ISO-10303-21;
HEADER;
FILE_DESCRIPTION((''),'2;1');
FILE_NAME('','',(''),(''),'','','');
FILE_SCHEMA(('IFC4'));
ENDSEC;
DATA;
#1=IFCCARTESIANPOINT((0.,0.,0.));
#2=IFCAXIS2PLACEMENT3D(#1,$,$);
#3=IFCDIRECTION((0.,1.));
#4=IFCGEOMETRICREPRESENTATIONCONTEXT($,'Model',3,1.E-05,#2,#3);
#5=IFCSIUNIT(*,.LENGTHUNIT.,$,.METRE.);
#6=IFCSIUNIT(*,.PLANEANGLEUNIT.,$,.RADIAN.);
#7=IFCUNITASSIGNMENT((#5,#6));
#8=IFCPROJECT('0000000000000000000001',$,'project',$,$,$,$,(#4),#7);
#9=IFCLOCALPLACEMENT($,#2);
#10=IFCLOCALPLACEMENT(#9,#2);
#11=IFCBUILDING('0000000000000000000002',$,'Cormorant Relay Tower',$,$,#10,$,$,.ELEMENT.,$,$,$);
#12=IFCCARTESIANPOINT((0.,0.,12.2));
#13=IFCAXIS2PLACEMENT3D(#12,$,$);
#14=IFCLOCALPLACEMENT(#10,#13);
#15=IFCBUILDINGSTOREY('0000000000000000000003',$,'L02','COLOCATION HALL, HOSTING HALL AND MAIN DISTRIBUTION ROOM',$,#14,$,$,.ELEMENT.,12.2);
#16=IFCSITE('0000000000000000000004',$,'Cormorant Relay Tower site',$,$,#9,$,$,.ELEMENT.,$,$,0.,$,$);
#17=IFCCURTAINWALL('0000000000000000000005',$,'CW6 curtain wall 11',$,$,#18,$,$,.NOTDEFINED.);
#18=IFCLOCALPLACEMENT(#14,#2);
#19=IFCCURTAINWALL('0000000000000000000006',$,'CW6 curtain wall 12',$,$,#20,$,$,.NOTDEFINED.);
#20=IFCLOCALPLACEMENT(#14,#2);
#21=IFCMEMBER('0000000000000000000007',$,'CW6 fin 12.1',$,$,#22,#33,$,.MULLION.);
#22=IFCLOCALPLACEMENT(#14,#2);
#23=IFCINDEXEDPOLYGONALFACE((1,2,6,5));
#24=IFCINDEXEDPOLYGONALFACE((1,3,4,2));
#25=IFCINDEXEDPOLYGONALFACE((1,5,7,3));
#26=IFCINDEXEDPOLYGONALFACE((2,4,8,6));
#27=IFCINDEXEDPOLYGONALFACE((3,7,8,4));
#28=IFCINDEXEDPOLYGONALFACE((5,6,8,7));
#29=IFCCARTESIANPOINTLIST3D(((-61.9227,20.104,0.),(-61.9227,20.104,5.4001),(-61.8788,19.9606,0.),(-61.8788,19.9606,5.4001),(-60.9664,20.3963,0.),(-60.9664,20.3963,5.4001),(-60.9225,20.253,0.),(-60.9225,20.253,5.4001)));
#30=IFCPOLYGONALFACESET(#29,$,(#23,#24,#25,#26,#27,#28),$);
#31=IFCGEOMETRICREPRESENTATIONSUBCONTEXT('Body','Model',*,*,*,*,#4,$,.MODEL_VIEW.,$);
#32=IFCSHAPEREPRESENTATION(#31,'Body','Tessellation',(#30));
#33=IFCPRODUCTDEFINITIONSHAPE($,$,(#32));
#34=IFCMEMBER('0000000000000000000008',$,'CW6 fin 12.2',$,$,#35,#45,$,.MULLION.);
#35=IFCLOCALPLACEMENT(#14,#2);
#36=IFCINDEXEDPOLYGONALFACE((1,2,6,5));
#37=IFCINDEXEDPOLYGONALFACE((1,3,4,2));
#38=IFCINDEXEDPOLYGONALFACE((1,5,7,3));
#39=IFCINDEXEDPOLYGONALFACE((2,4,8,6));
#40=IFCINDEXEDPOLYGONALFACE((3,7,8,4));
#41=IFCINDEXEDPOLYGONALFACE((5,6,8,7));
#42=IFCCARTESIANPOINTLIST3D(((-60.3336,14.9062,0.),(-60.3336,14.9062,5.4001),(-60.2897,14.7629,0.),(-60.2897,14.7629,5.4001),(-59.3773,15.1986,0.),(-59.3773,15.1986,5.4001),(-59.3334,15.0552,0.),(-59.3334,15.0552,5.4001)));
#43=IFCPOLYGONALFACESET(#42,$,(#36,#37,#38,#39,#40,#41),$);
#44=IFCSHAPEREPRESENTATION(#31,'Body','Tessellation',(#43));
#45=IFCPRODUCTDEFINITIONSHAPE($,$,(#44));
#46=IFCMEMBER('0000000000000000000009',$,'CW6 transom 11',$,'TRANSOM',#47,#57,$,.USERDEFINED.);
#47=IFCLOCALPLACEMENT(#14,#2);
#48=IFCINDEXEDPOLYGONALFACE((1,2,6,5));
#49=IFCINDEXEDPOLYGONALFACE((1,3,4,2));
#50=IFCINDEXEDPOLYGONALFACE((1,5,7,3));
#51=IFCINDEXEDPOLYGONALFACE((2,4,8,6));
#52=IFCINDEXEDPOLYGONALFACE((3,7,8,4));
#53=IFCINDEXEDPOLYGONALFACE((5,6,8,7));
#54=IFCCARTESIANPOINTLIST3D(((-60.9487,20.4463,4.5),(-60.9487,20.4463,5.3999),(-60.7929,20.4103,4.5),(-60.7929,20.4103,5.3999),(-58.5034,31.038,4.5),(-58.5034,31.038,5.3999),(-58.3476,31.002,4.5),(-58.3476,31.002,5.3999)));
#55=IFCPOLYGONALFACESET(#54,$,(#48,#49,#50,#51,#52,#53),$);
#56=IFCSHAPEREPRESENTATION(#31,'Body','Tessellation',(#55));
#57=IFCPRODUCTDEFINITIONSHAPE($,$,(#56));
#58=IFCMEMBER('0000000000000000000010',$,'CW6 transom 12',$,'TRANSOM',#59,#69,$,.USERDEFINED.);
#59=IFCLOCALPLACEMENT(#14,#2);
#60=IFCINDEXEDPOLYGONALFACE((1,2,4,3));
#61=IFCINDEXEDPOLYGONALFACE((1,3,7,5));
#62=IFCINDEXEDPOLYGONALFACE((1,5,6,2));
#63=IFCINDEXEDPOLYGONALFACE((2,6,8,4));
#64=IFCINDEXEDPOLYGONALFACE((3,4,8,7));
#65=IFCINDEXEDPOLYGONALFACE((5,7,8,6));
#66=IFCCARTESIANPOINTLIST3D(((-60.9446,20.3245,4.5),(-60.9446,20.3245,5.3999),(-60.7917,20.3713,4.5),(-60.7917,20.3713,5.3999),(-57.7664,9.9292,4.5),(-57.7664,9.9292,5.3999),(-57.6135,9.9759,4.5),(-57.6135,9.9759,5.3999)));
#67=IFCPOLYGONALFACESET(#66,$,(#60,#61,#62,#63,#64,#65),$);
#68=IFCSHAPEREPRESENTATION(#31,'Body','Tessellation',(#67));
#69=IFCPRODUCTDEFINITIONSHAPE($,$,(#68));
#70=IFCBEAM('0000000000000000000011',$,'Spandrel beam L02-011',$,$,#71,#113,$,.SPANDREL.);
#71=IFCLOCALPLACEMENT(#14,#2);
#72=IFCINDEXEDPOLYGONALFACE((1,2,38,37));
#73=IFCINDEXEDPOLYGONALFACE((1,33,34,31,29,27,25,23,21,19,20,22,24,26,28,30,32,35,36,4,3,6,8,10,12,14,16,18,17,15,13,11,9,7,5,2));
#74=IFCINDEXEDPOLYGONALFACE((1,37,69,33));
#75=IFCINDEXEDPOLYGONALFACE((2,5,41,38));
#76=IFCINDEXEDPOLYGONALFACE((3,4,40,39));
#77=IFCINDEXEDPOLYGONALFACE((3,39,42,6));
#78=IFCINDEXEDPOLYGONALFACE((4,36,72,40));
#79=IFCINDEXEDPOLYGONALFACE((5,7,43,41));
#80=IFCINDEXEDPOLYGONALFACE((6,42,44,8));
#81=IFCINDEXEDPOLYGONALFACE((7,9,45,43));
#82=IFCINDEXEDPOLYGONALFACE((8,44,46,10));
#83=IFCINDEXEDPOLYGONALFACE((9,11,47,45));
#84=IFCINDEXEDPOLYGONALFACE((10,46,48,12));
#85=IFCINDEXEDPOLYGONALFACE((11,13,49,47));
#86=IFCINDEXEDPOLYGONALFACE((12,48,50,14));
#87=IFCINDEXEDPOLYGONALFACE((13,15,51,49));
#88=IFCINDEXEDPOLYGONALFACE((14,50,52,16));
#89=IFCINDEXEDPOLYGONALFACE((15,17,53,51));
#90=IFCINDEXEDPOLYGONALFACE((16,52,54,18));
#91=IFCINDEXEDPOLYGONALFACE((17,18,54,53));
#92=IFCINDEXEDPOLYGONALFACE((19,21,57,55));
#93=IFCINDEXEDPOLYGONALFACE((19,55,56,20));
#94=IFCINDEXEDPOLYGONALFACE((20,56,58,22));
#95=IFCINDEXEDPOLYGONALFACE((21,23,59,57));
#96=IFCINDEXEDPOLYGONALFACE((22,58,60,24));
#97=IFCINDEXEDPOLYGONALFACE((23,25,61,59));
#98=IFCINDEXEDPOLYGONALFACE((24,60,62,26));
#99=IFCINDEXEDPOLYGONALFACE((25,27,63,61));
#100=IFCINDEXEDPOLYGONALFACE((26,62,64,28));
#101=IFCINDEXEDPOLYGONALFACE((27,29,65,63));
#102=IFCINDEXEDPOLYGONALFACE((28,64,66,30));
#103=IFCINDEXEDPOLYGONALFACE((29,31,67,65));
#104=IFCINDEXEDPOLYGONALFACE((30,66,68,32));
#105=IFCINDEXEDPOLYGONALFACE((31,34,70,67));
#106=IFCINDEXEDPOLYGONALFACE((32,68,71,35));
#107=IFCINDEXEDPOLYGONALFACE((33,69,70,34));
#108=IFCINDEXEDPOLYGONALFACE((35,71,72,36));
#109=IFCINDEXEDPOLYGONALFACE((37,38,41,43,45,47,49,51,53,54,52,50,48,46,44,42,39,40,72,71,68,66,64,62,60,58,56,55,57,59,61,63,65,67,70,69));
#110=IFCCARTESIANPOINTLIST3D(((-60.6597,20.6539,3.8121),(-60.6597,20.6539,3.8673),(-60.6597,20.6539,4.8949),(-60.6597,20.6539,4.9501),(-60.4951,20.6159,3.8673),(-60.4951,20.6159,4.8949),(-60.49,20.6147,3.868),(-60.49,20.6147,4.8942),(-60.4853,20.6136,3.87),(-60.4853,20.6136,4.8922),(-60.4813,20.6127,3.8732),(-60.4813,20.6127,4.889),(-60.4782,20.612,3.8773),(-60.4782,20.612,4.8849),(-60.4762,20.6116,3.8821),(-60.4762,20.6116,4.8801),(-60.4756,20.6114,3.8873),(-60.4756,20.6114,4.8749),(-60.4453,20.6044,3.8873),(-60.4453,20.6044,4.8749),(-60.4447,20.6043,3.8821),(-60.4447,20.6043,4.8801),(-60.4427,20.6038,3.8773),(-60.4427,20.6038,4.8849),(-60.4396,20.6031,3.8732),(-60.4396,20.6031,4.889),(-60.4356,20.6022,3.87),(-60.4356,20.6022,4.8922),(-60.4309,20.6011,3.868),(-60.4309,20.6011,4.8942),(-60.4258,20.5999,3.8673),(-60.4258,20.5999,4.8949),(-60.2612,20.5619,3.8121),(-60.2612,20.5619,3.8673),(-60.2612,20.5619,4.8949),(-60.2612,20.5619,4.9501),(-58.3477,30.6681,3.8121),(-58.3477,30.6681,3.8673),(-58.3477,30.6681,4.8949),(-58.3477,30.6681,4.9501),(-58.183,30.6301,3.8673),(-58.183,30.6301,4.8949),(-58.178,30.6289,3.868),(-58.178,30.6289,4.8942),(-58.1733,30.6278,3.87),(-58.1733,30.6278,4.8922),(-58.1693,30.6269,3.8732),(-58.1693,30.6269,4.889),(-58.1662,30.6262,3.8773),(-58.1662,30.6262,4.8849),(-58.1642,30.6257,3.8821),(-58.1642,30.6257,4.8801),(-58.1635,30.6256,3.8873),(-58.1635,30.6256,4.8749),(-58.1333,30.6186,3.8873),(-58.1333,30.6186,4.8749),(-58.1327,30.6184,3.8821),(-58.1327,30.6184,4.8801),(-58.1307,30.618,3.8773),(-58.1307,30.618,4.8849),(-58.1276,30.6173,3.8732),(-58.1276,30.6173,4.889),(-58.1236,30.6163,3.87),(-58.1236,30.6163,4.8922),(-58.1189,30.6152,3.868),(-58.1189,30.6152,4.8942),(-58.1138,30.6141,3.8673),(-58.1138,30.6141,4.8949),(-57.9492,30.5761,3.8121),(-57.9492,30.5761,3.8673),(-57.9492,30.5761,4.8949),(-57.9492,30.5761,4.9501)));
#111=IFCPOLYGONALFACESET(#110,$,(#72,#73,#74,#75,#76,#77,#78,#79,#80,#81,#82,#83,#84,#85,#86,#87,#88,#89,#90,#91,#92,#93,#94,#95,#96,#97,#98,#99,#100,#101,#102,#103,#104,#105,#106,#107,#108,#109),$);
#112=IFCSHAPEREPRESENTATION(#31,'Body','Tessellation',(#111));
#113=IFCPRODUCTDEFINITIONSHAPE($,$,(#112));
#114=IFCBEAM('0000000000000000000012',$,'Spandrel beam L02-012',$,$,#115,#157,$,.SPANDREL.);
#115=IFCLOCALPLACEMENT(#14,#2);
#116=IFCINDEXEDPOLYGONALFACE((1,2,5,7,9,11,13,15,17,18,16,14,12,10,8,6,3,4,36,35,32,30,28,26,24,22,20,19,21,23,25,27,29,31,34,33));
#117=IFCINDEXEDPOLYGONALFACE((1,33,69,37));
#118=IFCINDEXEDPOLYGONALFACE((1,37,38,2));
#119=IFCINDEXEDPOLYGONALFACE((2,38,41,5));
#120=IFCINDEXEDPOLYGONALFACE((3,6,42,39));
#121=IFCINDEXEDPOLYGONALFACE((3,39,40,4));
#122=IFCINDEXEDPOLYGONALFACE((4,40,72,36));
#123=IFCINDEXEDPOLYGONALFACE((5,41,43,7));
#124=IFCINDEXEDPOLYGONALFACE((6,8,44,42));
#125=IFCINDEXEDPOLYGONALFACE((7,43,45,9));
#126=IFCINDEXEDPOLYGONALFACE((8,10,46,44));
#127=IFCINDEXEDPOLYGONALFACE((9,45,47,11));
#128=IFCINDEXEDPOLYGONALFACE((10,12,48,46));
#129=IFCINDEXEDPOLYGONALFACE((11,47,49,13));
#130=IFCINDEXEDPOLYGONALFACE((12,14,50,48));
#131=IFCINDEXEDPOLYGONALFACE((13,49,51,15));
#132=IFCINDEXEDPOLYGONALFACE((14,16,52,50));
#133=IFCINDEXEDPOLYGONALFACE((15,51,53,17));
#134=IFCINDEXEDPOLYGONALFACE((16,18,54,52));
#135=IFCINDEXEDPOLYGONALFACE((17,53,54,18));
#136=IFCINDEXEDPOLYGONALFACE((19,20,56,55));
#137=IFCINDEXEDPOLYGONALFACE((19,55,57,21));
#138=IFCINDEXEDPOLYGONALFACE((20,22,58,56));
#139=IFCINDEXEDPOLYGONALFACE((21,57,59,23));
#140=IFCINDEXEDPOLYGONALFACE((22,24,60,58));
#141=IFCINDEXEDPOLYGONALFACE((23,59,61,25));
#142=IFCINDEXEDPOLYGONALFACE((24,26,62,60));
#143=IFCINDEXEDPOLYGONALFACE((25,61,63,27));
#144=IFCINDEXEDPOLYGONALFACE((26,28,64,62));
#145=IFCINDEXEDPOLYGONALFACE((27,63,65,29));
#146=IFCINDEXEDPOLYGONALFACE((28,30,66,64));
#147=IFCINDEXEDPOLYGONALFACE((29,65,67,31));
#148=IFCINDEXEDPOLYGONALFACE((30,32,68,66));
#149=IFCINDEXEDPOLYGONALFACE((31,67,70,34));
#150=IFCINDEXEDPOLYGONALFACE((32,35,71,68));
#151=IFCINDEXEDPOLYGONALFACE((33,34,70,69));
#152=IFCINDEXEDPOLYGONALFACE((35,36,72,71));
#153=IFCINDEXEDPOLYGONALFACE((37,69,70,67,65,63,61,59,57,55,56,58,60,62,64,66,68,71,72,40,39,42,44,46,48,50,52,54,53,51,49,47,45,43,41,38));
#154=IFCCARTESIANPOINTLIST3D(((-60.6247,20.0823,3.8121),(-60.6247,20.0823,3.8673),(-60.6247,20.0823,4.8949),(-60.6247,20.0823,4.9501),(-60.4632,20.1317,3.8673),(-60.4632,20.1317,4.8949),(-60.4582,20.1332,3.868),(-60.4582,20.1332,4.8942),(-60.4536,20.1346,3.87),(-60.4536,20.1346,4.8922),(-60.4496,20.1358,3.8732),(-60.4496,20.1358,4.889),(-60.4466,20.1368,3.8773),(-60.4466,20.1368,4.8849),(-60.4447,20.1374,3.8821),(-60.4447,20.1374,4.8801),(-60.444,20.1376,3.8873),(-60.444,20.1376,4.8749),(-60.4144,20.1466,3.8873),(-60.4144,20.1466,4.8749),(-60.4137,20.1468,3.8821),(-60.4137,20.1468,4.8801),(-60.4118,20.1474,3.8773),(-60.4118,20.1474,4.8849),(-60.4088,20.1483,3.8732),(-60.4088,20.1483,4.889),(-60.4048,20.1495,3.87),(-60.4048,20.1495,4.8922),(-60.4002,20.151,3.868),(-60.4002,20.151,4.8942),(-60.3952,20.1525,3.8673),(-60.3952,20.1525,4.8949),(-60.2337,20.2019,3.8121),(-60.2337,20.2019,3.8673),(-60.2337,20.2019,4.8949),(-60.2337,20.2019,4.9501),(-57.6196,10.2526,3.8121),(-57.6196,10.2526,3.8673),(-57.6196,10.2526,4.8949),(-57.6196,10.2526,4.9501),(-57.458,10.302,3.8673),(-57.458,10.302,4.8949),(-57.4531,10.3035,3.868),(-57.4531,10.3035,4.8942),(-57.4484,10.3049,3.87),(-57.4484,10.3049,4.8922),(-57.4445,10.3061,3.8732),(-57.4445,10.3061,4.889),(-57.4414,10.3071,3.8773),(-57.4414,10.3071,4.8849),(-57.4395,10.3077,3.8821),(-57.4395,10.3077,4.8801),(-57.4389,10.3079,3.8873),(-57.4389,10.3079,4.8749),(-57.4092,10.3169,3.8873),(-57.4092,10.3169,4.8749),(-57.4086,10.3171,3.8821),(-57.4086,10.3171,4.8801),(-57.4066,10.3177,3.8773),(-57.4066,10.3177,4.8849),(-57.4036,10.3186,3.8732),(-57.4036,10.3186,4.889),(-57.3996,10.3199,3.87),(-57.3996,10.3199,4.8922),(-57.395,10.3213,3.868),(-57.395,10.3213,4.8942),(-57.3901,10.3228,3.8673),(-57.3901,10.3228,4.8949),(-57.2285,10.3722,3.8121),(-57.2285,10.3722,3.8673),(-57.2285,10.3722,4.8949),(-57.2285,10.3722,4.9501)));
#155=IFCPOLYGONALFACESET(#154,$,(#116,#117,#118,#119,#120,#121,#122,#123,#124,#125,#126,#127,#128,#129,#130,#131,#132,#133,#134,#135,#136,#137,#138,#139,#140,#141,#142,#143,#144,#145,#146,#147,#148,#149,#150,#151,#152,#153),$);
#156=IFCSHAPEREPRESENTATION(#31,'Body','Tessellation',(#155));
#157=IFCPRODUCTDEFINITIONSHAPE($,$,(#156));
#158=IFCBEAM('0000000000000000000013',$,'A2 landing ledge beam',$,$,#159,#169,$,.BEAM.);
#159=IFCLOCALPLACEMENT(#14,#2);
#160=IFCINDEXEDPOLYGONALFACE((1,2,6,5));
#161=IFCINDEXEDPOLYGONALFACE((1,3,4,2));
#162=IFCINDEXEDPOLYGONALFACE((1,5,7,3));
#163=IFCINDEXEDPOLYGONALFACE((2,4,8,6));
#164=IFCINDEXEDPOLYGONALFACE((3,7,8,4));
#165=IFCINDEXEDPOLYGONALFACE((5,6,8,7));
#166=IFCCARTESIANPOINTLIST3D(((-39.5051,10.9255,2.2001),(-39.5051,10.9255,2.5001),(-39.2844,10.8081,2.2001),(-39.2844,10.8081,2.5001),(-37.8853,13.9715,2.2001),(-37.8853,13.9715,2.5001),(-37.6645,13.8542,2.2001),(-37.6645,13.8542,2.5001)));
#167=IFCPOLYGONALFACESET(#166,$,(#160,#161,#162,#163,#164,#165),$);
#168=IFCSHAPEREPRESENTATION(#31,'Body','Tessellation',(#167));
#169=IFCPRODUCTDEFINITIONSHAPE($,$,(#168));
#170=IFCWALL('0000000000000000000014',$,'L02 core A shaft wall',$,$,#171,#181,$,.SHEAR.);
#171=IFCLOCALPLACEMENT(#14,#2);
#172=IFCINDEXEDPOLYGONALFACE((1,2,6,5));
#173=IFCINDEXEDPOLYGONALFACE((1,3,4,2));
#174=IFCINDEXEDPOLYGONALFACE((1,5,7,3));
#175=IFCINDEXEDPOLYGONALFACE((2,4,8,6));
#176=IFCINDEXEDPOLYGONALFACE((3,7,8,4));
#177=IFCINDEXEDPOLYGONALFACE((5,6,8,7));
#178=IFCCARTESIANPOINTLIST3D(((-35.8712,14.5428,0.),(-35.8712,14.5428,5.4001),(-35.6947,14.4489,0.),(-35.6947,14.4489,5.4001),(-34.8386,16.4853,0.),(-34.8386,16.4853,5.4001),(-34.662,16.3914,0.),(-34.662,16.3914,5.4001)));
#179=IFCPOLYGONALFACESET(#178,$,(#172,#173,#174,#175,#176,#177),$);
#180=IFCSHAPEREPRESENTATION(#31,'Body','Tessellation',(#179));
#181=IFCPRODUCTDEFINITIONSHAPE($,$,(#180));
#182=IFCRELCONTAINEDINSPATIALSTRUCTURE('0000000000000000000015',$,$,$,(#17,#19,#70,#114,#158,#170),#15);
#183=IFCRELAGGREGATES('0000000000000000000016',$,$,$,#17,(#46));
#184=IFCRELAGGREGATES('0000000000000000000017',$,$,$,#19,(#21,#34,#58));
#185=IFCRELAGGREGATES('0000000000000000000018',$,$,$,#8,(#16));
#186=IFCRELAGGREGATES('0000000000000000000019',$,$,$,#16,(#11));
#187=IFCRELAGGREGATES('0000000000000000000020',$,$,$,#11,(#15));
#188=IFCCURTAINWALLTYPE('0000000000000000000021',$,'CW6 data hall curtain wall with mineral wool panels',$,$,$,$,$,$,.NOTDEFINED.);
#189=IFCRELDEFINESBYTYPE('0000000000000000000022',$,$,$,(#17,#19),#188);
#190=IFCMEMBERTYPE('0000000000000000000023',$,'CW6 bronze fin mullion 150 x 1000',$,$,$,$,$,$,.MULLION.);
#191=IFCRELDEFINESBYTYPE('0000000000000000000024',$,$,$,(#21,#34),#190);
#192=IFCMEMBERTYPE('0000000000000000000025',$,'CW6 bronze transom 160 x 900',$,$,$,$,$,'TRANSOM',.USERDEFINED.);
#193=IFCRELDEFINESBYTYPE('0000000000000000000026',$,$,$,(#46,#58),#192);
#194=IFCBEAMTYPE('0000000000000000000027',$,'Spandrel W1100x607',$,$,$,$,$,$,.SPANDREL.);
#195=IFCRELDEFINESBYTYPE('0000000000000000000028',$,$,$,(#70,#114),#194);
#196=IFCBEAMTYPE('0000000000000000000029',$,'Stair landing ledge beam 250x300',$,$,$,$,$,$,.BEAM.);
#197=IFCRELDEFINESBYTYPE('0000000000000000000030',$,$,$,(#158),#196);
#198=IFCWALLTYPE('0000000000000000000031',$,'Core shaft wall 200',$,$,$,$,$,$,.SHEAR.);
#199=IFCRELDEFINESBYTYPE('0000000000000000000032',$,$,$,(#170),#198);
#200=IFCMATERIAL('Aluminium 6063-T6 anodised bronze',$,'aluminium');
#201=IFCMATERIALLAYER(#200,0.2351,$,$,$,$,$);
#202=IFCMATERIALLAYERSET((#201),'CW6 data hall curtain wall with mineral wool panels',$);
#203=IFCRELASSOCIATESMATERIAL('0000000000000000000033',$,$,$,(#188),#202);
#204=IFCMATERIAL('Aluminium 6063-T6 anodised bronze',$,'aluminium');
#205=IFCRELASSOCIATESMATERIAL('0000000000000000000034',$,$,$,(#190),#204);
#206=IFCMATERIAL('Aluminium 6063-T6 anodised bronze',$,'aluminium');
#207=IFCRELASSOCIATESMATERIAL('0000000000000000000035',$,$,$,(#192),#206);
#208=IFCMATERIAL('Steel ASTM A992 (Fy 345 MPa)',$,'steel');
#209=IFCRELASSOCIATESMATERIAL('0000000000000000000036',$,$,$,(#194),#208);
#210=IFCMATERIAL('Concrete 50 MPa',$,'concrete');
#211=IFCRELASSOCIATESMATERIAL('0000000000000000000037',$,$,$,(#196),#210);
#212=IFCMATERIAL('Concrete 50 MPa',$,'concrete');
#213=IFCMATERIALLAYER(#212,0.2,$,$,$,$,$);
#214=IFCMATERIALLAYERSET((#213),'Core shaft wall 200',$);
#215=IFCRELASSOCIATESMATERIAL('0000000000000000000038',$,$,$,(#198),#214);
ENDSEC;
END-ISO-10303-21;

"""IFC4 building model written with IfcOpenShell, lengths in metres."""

from ifc_helpers import new_model, si_unit, direction, frame, frame_2d, origin, origin_2d, place, context, subcontext, project, spatial, rectangle, i_section, extrude, material, layer, layer_set, material_profile, profile_set, type_object, element, aggregate, save


model = new_model("IFC4")

# Units and contexts
model_context = context("Model", 3, precision=1e-05, world=origin(), true_north=direction((0.0, 1.0)))
body_context = subcontext(model_context, "Body", "Model", "MODEL_VIEW")
ifc_project = project(units=[si_unit("LENGTHUNIT", "METRE"), si_unit("PLANEANGLEUNIT", "RADIAN")], contexts=[model_context])

# Site, building, storey
site_placement = place(None, origin())
site = spatial("IfcSite", under=ifc_project, at=site_placement, Name="Cormorant Relay Tower site", CompositionType="ELEMENT", RefElevation=0.0)
building_placement = place(site_placement, origin())
building = spatial("IfcBuilding", under=site, at=building_placement, Name="Cormorant Relay Tower", CompositionType="ELEMENT")
storey_placement = place(building_placement, frame((0.0, 0.0, 12.2)))
storey = spatial("IfcBuildingStorey", under=building, at=storey_placement, Name="L02", Description="COLOCATION HALL, HOSTING HALL AND MAIN DISTRIBUTION ROOM", CompositionType="ELEMENT", Elevation=12.2)

# Curtain wall
ifc_material_1 = material(Name="Aluminium 6063-T6 anodised bronze", Category="aluminium")
ifc_layer_1 = layer(ifc_material_1, 0.2351)
ifc_layer_set_1 = layer_set([ifc_layer_1], Name="CW6 data hall curtain wall with mineral wool panels")
curtain_wall_type = type_object("IfcCurtainWallType", Name="CW6 data hall curtain wall with mineral wool panels", PredefinedType="NOTDEFINED", material=ifc_layer_set_1)
curtain_wall_1_placement = place(storey_placement, origin())
curtain_wall_1 = element("IfcCurtainWall", 1, at=curtain_wall_1_placement, inside=storey, type_object=curtain_wall_type, Name="CW6 curtain wall 11", PredefinedType="NOTDEFINED")
ifc_material_2 = material(Name="Aluminium 6063-T6 anodised bronze", Category="aluminium")
ifc_material_profile_1 = material_profile(ifc_material_2, rectangle(XDim=0.1499, YDim=1.0, at=origin_2d()), Name="AL 150x1000")
ifc_profile_set_1 = profile_set([ifc_material_profile_1], Name="Aluminium 6063-T6 anodised bronze")
member_type_1 = type_object("IfcMemberType", Name="CW6 bronze fin mullion 150 x 1000", PredefinedType="MULLION", material=ifc_profile_set_1)

# Curtain wall, members
curtain_wall_2_placement = place(storey_placement, origin())
curtain_wall_2 = element("IfcCurtainWall", 2, at=curtain_wall_2_placement, inside=storey, type_object=curtain_wall_type, Name="CW6 curtain wall 12", PredefinedType="NOTDEFINED")
member_1_placement = place(storey_placement, frame((-61.4226, 20.1785, 0.0), z_axis=(0.0, 0.0, 1.0), x_axis=(0.292372, -0.956305, 0.0)))
member_1 = element("IfcMember", 3, at=member_1_placement, type_object=member_type_1, Name="CW6 fin 12.1", PredefinedType="MULLION", context=body_context, shape_type="SweptSolid", body=[
    extrude(rectangle(XDim=0.1499, YDim=1.0, at=origin_2d()), origin(), (0.0, 0.0, 1.0), 5.4001),
])
member_2_placement = place(storey_placement, frame((-59.8335, 14.9807, 0.0), z_axis=(0.0, 0.0, 1.0), x_axis=(0.292372, -0.956305, 0.0)))
member_2 = element("IfcMember", 4, at=member_2_placement, type_object=member_type_1, Name="CW6 fin 12.2", PredefinedType="MULLION", context=body_context, shape_type="SweptSolid", body=[
    extrude(rectangle(XDim=0.1499, YDim=1.0, at=origin_2d()), origin(), (0.0, 0.0, 1.0), 5.4001),
])

# Members
ifc_material_3 = material(Name="Aluminium 6063-T6 anodised bronze", Category="aluminium")
ifc_material_profile_2 = material_profile(ifc_material_3, rectangle(XDim=0.1599, YDim=0.8999, at=origin_2d()), Name="AL 160x900")
ifc_profile_set_2 = profile_set([ifc_material_profile_2], Name="Aluminium 6063-T6 anodised bronze")
member_type_2 = type_object("IfcMemberType", Name="CW6 bronze transom 160 x 900", ElementType="TRANSOM", PredefinedType="USERDEFINED", material=ifc_profile_set_2)
member_3_placement = place(storey_placement, frame((-58.4255, 31.02, 4.95), z_axis=(-0.224951, -0.97437, 0.0), x_axis=(0.97437, -0.224951, 0.0)))
member_3 = element("IfcMember", 5, at=member_3_placement, type_object=member_type_2, Name="CW6 transom 11", ObjectType="TRANSOM", PredefinedType="USERDEFINED", context=body_context, shape_type="SweptSolid", body=[
    extrude(rectangle(XDim=0.1599, YDim=0.8999, at=origin_2d()), origin(), (0.0, 0.0, 1.0), 10.8704),
])
member_4_placement = place(storey_placement, frame((-60.8682, 20.3479, 4.95), z_axis=(0.292378, -0.956303, 0.0), x_axis=(0.956303, 0.292378, 0.0)))
member_4 = element("IfcMember", 6, at=member_4_placement, type_object=member_type_2, Name="CW6 transom 12", ObjectType="TRANSOM", PredefinedType="USERDEFINED", context=body_context, shape_type="SweptSolid", body=[
    extrude(rectangle(XDim=0.1599, YDim=0.8999, at=origin_2d()), origin(), (0.0, 0.0, 1.0), 10.8704),
])

# Beams
ifc_material_4 = material(Name="Steel ASTM A992 (Fy 345 MPa)", Category="steel")
ifc_material_profile_3 = material_profile(ifc_material_4, i_section(OverallWidth=0.4089, OverallDepth=1.1379, WebThickness=0.031, FlangeThickness=0.0552, FilletRadius=0.02, at=origin_2d()), Name="W1100x607")
ifc_profile_set_3 = profile_set([ifc_material_profile_3], Name="Steel ASTM A992 (Fy 345 MPa)")
beam_type_1 = type_object("IfcBeamType", Name="Spandrel W1100x607", PredefinedType="SPANDREL", material=ifc_profile_set_3)
beam_1_placement = place(storey_placement, frame((-58.1484, 30.6221, 4.3811), z_axis=(-0.224957, -0.974369, 0.0), x_axis=(0.974369, -0.224957, 0.0)))
element("IfcBeam", 7, at=beam_1_placement, inside=storey, type_object=beam_type_1, Name="Spandrel beam L02-011", PredefinedType="SPANDREL", context=body_context, shape_type="SweptSolid", body=[
    extrude(i_section(OverallWidth=0.4089, OverallDepth=1.1379, WebThickness=0.031, FlangeThickness=0.0552, FilletRadius=0.02, at=origin_2d()), origin(), (0.0, 0.0, 1.0), 10.2776),
])
beam_2_placement = place(storey_placement, frame((-60.4292, 20.1421, 4.3811), z_axis=(0.292365, -0.956307, 0.0), x_axis=(0.956307, 0.292365, 0.0)))
element("IfcBeam", 8, at=beam_2_placement, inside=storey, type_object=beam_type_1, Name="Spandrel beam L02-012", PredefinedType="SPANDREL", context=body_context, shape_type="SweptSolid", body=[
    extrude(i_section(OverallWidth=0.4089, OverallDepth=1.1379, WebThickness=0.031, FlangeThickness=0.0552, FilletRadius=0.02, at=origin_2d()), origin(), (0.0, 0.0, 1.0), 10.2788),
])
ifc_material_5 = material(Name="Concrete 50 MPa", Category="concrete")
ifc_material_profile_4 = material_profile(ifc_material_5, rectangle(XDim=0.25, YDim=0.3, at=origin_2d()), Name="RC 250x300")
ifc_profile_set_4 = profile_set([ifc_material_profile_4], Name="Concrete 50 MPa")
beam_type_2 = type_object("IfcBeamType", Name="Stair landing ledge beam 250x300", PredefinedType="BEAM", material=ifc_profile_set_4)
beam_3_placement = place(storey_placement, frame((-37.7749, 13.9128, 2.3501), z_axis=(-0.469519, -0.882922, 0.0), x_axis=(0.882922, -0.469519, 0.0)))
element("IfcBeam", 9, at=beam_3_placement, inside=storey, type_object=beam_type_2, Name="A2 landing ledge beam", PredefinedType="BEAM", context=body_context, shape_type="SweptSolid", body=[
    extrude(rectangle(XDim=0.25, YDim=0.3, at=origin_2d()), origin(), (0.0, 0.0, 1.0), 3.45),
])

# Wall
ifc_material_6 = material(Name="Concrete 50 MPa", Category="concrete")
ifc_layer_2 = layer(ifc_material_6, 0.2)
ifc_layer_set_2 = layer_set([ifc_layer_2], Name="Core shaft wall 200")
wall_type_1 = type_object("IfcWallType", Name="Core shaft wall 200", PredefinedType="SHEAR", material=ifc_layer_set_2)
wall_1_placement = place(storey_placement, frame((-34.7502, 16.4385, 0.0), z_axis=(0.0, 0.0, 1.0), x_axis=(-0.469401, -0.882985, 0.0)))
element("IfcWall", 10, at=wall_1_placement, inside=storey, type_object=wall_type_1, Name="L02 core A shaft wall", PredefinedType="SHEAR", context=body_context, shape_type="SweptSolid", body=[
    extrude(rectangle(XDim=2.2, YDim=0.2, at=frame_2d((1.1001, 0.0))), origin(), (0.0, 0.0, 1.0), 5.4001),
])

aggregate(curtain_wall_1, [member_3])
aggregate(curtain_wall_2, [member_1, member_2, member_4])

save(model, "model.ifc")
